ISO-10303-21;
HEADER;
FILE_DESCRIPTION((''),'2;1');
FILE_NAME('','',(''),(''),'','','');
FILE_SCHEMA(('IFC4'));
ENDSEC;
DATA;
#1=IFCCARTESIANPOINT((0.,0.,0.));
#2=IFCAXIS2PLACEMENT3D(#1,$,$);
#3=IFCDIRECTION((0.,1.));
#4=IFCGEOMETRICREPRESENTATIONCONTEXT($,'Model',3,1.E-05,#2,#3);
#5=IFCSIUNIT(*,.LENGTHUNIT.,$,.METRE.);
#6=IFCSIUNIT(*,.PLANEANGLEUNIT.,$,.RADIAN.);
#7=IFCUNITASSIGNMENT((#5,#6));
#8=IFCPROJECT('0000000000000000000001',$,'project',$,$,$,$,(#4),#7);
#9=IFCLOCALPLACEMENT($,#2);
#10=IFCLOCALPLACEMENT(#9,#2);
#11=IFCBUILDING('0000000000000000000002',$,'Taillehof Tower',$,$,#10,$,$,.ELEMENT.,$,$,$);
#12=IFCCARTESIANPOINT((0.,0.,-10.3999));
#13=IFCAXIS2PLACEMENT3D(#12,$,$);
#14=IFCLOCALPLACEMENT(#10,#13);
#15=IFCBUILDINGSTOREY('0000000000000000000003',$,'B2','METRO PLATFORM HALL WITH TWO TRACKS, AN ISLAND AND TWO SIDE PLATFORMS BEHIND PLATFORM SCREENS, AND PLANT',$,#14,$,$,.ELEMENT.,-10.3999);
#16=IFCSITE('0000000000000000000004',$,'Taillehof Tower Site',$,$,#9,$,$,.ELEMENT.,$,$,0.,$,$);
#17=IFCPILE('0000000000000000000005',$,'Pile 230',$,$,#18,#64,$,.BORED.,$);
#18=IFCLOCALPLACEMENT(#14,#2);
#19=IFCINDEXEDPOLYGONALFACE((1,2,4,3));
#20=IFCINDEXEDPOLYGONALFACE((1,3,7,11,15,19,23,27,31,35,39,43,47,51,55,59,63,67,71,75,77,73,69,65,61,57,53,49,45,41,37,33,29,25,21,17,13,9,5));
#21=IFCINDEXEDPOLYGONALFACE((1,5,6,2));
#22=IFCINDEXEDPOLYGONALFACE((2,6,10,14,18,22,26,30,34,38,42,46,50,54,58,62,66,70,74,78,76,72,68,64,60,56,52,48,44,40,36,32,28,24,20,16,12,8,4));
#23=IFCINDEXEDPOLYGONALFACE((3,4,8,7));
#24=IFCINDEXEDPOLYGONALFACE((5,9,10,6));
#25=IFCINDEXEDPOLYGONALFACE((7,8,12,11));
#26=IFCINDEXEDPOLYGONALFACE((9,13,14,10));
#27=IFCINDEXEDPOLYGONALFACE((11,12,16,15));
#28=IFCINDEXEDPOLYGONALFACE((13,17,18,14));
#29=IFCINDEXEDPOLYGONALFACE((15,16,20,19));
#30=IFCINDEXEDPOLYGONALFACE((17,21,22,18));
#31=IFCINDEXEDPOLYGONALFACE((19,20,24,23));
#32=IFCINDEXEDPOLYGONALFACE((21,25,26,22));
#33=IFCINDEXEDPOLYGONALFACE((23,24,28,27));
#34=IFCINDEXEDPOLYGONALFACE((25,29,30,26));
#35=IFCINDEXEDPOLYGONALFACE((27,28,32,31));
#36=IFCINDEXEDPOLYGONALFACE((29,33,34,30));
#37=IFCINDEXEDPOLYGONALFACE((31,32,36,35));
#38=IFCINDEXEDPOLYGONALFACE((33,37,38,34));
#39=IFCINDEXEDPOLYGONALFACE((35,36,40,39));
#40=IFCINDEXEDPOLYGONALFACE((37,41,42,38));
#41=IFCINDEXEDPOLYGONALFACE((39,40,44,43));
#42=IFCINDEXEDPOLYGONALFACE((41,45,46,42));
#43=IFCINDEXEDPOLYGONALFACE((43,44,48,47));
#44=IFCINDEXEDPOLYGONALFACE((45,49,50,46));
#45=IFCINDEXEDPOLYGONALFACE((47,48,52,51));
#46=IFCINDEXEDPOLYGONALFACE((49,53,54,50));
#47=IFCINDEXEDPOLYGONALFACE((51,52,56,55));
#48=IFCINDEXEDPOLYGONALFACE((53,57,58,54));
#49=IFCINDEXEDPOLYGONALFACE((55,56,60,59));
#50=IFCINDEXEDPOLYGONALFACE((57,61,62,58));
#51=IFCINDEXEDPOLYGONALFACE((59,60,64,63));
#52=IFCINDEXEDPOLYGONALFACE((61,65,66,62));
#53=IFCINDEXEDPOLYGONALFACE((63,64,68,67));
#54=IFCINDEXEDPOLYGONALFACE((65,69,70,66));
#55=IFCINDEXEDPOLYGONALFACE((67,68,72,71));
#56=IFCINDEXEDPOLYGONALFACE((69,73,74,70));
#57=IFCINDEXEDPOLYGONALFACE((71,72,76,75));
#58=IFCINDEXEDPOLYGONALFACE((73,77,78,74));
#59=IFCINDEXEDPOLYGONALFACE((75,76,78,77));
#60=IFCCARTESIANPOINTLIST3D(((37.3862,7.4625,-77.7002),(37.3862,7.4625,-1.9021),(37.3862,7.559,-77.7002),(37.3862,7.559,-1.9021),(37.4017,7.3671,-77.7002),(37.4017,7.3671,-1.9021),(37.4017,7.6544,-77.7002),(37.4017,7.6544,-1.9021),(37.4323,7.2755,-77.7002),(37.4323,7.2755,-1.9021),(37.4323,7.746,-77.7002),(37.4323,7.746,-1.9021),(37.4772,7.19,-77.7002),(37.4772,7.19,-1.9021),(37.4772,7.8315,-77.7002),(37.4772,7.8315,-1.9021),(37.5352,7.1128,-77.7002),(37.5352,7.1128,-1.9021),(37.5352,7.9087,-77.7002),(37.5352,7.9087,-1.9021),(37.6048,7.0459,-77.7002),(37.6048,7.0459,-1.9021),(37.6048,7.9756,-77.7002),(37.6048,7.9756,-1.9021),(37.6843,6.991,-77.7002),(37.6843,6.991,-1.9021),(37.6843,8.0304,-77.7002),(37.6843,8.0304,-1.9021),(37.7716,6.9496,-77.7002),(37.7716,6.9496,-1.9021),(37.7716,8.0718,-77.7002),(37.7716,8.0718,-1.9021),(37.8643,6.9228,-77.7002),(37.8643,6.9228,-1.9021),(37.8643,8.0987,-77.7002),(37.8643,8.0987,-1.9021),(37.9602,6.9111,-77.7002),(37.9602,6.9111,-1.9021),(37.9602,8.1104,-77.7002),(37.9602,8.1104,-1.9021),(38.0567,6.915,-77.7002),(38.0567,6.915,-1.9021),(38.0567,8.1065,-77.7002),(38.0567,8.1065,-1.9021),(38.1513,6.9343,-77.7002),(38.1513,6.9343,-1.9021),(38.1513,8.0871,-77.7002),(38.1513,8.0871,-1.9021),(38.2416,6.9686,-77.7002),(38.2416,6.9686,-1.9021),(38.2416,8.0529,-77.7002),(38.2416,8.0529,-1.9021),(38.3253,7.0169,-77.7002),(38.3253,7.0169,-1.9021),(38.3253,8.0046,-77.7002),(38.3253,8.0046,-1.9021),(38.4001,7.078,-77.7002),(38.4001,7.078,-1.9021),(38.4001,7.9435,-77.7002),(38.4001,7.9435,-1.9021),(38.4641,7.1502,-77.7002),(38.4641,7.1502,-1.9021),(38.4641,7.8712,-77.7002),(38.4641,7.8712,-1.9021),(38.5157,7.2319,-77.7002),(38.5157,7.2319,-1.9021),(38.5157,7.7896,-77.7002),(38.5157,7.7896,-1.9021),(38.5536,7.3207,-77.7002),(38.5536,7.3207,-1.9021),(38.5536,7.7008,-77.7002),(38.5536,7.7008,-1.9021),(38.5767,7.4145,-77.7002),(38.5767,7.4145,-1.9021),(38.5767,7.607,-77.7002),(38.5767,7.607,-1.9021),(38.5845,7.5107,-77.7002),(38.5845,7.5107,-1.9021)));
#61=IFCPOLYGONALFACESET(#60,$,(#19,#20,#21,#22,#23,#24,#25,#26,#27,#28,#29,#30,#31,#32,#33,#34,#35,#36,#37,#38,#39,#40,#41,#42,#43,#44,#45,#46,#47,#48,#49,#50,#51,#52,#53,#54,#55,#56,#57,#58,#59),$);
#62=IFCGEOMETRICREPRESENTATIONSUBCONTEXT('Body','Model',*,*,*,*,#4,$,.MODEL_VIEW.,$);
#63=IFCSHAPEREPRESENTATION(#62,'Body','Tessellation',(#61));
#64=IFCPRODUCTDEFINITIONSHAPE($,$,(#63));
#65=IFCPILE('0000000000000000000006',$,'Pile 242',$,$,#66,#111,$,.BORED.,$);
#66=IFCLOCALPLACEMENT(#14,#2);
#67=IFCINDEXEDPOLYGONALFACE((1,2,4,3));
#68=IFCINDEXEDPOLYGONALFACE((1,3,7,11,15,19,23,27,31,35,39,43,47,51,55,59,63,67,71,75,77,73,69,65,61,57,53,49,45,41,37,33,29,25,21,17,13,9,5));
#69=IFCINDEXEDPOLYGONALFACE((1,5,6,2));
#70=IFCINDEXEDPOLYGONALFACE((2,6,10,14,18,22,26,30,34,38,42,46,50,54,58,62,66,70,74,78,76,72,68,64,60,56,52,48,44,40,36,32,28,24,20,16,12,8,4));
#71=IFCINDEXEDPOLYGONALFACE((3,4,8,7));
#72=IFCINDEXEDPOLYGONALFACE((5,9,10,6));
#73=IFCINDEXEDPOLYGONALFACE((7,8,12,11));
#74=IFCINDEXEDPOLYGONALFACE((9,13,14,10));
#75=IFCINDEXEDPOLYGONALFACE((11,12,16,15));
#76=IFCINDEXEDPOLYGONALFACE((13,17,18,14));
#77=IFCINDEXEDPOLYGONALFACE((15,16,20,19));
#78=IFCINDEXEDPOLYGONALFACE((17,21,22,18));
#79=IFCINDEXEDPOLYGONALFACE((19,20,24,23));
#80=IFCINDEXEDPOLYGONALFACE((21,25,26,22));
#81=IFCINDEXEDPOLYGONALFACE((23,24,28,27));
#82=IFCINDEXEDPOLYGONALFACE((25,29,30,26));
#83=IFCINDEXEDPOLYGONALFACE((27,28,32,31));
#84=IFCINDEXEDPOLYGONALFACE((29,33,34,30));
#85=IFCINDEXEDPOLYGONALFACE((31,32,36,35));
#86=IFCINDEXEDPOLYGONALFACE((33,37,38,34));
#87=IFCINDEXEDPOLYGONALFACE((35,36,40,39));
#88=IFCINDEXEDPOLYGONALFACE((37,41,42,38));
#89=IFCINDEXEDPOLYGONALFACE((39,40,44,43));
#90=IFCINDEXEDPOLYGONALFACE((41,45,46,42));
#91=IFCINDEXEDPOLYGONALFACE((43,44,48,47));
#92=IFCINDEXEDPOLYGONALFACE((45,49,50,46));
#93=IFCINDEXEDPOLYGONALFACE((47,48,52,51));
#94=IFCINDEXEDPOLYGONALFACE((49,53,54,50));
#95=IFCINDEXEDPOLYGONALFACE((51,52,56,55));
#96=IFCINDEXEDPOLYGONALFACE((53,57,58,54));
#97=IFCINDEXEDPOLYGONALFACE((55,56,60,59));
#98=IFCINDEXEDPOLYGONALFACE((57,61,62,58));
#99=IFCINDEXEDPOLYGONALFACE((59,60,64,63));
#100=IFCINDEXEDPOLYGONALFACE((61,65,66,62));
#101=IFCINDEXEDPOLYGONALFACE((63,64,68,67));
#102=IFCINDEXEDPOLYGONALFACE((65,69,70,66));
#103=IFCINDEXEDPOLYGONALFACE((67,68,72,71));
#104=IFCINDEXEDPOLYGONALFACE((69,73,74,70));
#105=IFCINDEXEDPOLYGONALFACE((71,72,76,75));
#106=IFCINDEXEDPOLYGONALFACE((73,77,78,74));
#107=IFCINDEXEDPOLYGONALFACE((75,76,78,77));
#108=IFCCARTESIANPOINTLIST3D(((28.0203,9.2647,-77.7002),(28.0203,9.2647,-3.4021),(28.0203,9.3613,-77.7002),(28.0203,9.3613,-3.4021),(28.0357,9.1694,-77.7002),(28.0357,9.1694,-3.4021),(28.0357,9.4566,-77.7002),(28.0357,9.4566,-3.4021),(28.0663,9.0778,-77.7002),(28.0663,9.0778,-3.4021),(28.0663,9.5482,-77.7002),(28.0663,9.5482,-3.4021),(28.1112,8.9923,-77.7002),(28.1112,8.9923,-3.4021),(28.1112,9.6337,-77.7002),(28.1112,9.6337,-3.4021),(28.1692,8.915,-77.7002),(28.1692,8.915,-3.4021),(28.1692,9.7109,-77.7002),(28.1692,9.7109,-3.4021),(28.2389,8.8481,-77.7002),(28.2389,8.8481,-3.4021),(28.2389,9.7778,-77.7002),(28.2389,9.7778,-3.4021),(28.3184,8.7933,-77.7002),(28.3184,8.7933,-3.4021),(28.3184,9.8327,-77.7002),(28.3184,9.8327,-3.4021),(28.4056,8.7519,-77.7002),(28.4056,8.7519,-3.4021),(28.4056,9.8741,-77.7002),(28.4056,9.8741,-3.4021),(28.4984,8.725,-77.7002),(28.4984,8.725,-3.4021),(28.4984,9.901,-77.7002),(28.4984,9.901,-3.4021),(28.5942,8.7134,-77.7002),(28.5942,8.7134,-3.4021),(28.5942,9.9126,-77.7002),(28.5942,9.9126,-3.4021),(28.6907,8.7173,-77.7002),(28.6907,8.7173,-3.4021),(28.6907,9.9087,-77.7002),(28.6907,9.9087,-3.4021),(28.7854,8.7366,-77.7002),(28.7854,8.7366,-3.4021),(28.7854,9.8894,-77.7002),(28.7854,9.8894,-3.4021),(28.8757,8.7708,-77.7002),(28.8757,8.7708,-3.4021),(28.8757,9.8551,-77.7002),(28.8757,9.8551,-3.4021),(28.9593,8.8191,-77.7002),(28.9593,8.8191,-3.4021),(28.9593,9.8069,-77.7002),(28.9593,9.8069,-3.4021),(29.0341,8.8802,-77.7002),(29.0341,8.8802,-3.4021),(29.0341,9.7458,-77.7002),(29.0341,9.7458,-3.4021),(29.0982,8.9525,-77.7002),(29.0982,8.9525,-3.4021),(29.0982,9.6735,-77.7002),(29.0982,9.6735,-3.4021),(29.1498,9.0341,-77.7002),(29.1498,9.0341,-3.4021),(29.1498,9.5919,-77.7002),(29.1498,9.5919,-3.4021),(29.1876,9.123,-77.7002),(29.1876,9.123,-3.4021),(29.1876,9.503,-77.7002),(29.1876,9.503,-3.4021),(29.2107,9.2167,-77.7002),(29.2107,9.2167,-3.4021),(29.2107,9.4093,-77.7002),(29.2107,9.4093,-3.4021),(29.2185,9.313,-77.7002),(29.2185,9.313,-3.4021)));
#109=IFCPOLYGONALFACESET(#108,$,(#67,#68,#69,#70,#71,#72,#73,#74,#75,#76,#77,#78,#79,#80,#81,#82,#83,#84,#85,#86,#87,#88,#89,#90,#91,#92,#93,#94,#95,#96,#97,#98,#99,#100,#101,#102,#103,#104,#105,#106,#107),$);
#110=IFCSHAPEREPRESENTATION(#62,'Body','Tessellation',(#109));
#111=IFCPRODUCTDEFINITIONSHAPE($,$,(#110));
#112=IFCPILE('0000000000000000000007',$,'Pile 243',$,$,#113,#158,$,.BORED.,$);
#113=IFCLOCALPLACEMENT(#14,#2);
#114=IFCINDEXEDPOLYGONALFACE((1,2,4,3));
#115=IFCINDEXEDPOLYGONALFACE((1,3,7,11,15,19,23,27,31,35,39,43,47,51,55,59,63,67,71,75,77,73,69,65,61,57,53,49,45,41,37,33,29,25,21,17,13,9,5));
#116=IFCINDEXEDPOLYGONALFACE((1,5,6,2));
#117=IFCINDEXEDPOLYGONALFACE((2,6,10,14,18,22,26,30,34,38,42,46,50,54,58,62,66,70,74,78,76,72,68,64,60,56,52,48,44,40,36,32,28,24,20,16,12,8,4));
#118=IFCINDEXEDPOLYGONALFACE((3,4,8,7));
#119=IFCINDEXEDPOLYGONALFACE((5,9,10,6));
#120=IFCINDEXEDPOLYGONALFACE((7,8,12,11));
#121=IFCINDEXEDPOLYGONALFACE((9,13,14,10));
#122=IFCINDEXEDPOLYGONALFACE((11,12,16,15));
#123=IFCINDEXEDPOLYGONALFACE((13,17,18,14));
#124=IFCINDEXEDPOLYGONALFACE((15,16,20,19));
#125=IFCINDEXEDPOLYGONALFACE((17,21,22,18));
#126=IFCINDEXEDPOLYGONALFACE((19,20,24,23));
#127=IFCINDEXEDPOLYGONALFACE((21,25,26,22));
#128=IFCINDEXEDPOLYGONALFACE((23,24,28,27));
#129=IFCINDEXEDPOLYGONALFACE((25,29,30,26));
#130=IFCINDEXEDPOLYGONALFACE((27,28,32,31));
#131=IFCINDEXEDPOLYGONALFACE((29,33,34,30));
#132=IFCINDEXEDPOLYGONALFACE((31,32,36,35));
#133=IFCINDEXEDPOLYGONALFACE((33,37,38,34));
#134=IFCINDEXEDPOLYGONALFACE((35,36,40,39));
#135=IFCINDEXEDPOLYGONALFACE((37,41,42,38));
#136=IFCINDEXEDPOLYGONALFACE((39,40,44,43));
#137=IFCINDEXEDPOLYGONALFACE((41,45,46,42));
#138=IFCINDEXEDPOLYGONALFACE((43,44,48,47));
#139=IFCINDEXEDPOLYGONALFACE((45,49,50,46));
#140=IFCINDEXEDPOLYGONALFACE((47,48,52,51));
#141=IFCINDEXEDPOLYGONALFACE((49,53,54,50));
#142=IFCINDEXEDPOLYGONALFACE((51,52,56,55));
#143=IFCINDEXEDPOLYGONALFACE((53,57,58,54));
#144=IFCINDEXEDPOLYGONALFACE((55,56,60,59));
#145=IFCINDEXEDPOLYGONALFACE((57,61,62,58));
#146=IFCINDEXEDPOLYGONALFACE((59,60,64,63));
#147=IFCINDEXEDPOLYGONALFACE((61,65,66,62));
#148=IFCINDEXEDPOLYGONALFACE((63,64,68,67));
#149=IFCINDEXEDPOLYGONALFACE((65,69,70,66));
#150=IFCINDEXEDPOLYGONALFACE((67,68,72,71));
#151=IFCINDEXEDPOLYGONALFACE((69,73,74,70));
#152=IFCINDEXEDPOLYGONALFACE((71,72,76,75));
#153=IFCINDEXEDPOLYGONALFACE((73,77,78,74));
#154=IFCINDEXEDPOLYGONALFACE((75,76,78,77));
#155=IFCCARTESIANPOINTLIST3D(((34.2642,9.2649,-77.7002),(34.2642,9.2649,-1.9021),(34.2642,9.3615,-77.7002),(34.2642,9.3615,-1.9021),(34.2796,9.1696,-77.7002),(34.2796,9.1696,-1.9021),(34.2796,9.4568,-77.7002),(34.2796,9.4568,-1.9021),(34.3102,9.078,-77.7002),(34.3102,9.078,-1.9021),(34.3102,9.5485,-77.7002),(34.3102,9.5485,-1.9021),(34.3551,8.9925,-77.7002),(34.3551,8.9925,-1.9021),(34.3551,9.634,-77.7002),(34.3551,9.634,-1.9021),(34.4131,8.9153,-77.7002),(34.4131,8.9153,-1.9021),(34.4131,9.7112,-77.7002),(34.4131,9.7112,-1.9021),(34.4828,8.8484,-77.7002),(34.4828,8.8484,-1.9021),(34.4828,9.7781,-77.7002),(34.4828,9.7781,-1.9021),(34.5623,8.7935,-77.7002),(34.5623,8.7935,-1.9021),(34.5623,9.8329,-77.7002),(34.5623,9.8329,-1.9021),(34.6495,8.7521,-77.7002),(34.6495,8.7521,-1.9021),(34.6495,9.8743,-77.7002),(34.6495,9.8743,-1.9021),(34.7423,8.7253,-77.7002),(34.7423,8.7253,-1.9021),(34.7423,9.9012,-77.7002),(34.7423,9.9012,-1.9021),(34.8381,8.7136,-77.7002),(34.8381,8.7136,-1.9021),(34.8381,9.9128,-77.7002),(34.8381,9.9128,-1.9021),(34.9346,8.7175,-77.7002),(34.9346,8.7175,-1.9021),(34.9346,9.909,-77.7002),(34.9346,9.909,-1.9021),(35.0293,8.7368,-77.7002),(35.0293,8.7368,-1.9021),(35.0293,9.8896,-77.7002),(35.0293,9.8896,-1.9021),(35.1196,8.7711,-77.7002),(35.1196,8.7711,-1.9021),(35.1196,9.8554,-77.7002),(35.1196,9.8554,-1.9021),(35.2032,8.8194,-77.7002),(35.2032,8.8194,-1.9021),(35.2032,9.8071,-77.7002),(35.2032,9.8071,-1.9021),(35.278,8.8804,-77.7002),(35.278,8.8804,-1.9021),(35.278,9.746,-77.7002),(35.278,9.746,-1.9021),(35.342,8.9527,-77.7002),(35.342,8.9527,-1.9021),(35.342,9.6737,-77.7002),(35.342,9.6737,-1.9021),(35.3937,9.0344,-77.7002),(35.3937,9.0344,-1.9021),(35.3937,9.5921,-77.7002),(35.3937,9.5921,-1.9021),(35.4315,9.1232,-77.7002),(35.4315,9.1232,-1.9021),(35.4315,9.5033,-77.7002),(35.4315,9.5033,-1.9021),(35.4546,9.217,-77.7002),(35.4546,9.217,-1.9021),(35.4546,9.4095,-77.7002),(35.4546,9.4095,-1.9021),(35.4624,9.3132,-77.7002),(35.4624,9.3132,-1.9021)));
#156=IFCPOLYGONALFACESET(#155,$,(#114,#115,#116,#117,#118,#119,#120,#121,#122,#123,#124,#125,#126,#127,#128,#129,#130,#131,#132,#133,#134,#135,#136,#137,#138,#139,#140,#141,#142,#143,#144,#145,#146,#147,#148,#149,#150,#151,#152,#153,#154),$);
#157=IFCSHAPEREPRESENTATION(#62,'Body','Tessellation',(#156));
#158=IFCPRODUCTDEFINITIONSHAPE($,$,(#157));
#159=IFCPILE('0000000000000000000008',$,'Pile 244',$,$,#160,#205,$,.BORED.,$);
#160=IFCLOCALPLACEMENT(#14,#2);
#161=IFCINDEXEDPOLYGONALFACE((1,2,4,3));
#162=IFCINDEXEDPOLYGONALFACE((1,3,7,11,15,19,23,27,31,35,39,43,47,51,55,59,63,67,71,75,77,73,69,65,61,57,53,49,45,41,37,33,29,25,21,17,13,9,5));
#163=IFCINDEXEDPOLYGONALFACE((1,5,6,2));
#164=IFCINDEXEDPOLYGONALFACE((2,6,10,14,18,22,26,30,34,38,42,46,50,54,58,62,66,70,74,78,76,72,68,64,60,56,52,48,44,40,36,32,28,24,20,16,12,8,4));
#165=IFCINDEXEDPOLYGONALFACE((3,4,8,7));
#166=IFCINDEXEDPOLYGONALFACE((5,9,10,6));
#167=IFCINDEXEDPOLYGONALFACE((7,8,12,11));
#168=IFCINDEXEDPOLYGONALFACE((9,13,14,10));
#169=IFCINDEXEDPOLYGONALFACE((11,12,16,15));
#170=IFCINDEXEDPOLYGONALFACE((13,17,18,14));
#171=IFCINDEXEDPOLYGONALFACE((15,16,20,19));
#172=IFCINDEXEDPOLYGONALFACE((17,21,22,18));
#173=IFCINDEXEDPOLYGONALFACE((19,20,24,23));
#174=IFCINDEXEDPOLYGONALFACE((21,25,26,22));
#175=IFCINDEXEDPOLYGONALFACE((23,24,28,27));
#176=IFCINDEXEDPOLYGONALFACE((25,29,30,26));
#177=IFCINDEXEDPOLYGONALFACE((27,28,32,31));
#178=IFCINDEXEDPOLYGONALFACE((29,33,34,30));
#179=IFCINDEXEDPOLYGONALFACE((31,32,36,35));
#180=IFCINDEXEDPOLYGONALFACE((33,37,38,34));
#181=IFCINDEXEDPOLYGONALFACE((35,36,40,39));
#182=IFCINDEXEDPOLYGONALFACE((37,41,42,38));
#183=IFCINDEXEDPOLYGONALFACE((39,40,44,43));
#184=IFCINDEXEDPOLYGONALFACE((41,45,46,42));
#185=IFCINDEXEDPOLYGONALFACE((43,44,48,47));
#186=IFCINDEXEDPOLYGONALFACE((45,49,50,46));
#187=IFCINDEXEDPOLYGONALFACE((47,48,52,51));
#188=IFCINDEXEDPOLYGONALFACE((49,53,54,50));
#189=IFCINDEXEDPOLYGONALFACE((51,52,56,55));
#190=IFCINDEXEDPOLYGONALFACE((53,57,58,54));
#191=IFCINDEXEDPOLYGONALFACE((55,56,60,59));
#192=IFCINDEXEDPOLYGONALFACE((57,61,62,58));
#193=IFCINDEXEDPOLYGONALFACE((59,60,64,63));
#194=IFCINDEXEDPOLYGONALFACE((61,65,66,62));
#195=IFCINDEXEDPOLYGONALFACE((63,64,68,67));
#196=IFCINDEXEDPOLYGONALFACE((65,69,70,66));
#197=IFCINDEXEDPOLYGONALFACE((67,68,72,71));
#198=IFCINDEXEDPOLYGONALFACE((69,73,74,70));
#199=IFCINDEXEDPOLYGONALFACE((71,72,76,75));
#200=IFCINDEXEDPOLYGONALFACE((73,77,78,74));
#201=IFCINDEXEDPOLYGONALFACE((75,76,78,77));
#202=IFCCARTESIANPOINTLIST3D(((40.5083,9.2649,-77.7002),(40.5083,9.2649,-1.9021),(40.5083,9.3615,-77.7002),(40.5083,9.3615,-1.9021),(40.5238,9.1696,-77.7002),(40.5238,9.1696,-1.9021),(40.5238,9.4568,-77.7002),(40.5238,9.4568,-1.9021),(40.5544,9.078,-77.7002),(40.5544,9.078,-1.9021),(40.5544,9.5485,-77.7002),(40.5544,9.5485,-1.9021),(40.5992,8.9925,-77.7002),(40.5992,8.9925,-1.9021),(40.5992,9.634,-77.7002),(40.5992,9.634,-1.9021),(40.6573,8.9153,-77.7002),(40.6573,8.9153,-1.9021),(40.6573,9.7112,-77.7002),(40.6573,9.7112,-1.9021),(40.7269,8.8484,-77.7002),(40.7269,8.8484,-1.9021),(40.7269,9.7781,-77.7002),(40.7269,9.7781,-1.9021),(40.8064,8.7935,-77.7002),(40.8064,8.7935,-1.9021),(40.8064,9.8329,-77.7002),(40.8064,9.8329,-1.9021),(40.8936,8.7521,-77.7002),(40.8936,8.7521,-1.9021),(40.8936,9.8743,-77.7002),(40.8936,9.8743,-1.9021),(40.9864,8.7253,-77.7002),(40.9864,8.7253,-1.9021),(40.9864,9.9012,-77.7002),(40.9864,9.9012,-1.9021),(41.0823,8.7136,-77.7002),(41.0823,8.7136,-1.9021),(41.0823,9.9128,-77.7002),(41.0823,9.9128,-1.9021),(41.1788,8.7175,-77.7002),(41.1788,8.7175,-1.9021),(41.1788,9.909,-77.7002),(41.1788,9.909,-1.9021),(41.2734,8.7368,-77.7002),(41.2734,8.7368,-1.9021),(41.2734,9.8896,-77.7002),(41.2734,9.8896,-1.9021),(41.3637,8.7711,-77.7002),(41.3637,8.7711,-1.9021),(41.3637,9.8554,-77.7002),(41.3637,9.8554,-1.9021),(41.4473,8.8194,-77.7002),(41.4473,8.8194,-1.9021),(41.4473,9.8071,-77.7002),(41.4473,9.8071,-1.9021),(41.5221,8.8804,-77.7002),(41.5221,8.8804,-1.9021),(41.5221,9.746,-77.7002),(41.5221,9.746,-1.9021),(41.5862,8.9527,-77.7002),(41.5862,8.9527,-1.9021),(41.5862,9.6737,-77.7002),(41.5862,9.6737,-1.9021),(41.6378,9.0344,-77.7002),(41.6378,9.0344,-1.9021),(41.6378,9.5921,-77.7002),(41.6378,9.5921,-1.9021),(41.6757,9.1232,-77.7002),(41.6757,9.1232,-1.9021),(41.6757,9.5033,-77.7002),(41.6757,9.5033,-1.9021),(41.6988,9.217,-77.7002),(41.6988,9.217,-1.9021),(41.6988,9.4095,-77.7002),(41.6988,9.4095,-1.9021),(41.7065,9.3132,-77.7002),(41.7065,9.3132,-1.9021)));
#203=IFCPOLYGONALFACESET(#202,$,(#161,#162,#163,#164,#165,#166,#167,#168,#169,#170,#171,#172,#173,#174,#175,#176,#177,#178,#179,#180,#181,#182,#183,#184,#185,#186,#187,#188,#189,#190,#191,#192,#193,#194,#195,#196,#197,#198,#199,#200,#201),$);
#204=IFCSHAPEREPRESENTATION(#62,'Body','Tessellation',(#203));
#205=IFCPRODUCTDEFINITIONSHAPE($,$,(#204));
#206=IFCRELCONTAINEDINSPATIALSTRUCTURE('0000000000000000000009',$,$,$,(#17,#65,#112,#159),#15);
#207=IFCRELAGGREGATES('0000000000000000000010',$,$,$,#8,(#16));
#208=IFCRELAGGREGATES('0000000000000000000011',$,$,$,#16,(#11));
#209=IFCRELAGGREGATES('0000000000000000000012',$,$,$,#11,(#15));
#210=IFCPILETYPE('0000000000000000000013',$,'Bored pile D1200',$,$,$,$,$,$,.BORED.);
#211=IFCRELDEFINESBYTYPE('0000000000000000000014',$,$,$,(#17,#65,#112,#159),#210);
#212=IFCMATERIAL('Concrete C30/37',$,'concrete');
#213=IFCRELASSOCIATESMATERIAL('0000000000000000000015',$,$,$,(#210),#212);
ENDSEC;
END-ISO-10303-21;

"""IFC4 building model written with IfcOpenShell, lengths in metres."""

from ifc_helpers import new_model, si_unit, direction, frame, origin, origin_2d, place, context, subcontext, project, spatial, circle, extrude, material, material_profile, profile_set, type_object, element, save


model = new_model("IFC4")

# Units and contexts
model_context = context("Model", 3, precision=1e-05, world=origin(), true_north=direction((0.0, 1.0)))
body_context = subcontext(model_context, "Body", "Model", "MODEL_VIEW")
ifc_project = project(units=[si_unit("LENGTHUNIT", "METRE"), si_unit("PLANEANGLEUNIT", "RADIAN")], contexts=[model_context])

# Site, building, storey
site_placement = place(None, origin())
site = spatial("IfcSite", under=ifc_project, at=site_placement, Name="Taillehof Tower Site", CompositionType="ELEMENT", RefElevation=0.0)
building_placement = place(site_placement, origin())
building = spatial("IfcBuilding", under=site, at=building_placement, Name="Taillehof Tower", CompositionType="ELEMENT")
storey_placement = place(building_placement, frame((0.0, 0.0, -10.3999)))
storey = spatial("IfcBuildingStorey", under=building, at=storey_placement, Name="B2", Description="METRO PLATFORM HALL WITH TWO TRACKS, AN ISLAND AND TWO SIDE PLATFORMS BEHIND PLATFORM SCREENS, AND PLANT", CompositionType="ELEMENT", Elevation=-10.3999)

# Piles
ifc_material_1 = material(Name="Concrete C30/37", Category="concrete")
ifc_material_profile_1 = material_profile(ifc_material_1, circle(Radius=0.6001, at=origin_2d()), Name="BP D1200")
ifc_profile_set_1 = profile_set([ifc_material_profile_1], Name="Concrete C30/37")
pile_type = type_object("IfcPileType", Name="Bored pile D1200", PredefinedType="BORED", material=ifc_profile_set_1)
for number, where, z_axis, x_axis, name in (
    (1, (37.9844, 7.5107, -1.9021), (0.0, 0.0, -1.0), (1.0, 0.0, 0.0), "Pile 230"),
):
    element("IfcPile", number, at=place(storey_placement, frame(where, z_axis=z_axis, x_axis=x_axis)), inside=storey, type_object=pile_type, Name=name, PredefinedType="BORED", context=body_context, shape_type="SweptSolid", body=[
        extrude(circle(Radius=0.6001, at=origin_2d()), origin(), (0.0, 0.0, 1.0), 75.7981),
    ])
pile_1_placement = place(storey_placement, frame((28.6184, 9.313, -3.4021), z_axis=(0.0, 0.0, -1.0), x_axis=(1.0, 0.0, 0.0)))
element("IfcPile", 2, at=pile_1_placement, inside=storey, type_object=pile_type, Name="Pile 242", PredefinedType="BORED", context=body_context, shape_type="SweptSolid", body=[
    extrude(circle(Radius=0.6001, at=origin_2d()), origin(), (0.0, 0.0, 1.0), 74.2981),
])
for number, where, z_axis, x_axis, name in (
    (3, (34.8623, 9.3132, -1.9021), (0.0, 0.0, -1.0), (1.0, 0.0, 0.0), "Pile 243"),
    (4, (41.1064, 9.3132, -1.9021), (0.0, 0.0, -1.0), (1.0, 0.0, 0.0), "Pile 244"),
):
    element("IfcPile", number, at=place(storey_placement, frame(where, z_axis=z_axis, x_axis=x_axis)), inside=storey, type_object=pile_type, Name=name, PredefinedType="BORED", context=body_context, shape_type="SweptSolid", body=[
        extrude(circle(Radius=0.6001, at=origin_2d()), origin(), (0.0, 0.0, 1.0), 75.7981),
    ])

save(model, "model.ifc")
